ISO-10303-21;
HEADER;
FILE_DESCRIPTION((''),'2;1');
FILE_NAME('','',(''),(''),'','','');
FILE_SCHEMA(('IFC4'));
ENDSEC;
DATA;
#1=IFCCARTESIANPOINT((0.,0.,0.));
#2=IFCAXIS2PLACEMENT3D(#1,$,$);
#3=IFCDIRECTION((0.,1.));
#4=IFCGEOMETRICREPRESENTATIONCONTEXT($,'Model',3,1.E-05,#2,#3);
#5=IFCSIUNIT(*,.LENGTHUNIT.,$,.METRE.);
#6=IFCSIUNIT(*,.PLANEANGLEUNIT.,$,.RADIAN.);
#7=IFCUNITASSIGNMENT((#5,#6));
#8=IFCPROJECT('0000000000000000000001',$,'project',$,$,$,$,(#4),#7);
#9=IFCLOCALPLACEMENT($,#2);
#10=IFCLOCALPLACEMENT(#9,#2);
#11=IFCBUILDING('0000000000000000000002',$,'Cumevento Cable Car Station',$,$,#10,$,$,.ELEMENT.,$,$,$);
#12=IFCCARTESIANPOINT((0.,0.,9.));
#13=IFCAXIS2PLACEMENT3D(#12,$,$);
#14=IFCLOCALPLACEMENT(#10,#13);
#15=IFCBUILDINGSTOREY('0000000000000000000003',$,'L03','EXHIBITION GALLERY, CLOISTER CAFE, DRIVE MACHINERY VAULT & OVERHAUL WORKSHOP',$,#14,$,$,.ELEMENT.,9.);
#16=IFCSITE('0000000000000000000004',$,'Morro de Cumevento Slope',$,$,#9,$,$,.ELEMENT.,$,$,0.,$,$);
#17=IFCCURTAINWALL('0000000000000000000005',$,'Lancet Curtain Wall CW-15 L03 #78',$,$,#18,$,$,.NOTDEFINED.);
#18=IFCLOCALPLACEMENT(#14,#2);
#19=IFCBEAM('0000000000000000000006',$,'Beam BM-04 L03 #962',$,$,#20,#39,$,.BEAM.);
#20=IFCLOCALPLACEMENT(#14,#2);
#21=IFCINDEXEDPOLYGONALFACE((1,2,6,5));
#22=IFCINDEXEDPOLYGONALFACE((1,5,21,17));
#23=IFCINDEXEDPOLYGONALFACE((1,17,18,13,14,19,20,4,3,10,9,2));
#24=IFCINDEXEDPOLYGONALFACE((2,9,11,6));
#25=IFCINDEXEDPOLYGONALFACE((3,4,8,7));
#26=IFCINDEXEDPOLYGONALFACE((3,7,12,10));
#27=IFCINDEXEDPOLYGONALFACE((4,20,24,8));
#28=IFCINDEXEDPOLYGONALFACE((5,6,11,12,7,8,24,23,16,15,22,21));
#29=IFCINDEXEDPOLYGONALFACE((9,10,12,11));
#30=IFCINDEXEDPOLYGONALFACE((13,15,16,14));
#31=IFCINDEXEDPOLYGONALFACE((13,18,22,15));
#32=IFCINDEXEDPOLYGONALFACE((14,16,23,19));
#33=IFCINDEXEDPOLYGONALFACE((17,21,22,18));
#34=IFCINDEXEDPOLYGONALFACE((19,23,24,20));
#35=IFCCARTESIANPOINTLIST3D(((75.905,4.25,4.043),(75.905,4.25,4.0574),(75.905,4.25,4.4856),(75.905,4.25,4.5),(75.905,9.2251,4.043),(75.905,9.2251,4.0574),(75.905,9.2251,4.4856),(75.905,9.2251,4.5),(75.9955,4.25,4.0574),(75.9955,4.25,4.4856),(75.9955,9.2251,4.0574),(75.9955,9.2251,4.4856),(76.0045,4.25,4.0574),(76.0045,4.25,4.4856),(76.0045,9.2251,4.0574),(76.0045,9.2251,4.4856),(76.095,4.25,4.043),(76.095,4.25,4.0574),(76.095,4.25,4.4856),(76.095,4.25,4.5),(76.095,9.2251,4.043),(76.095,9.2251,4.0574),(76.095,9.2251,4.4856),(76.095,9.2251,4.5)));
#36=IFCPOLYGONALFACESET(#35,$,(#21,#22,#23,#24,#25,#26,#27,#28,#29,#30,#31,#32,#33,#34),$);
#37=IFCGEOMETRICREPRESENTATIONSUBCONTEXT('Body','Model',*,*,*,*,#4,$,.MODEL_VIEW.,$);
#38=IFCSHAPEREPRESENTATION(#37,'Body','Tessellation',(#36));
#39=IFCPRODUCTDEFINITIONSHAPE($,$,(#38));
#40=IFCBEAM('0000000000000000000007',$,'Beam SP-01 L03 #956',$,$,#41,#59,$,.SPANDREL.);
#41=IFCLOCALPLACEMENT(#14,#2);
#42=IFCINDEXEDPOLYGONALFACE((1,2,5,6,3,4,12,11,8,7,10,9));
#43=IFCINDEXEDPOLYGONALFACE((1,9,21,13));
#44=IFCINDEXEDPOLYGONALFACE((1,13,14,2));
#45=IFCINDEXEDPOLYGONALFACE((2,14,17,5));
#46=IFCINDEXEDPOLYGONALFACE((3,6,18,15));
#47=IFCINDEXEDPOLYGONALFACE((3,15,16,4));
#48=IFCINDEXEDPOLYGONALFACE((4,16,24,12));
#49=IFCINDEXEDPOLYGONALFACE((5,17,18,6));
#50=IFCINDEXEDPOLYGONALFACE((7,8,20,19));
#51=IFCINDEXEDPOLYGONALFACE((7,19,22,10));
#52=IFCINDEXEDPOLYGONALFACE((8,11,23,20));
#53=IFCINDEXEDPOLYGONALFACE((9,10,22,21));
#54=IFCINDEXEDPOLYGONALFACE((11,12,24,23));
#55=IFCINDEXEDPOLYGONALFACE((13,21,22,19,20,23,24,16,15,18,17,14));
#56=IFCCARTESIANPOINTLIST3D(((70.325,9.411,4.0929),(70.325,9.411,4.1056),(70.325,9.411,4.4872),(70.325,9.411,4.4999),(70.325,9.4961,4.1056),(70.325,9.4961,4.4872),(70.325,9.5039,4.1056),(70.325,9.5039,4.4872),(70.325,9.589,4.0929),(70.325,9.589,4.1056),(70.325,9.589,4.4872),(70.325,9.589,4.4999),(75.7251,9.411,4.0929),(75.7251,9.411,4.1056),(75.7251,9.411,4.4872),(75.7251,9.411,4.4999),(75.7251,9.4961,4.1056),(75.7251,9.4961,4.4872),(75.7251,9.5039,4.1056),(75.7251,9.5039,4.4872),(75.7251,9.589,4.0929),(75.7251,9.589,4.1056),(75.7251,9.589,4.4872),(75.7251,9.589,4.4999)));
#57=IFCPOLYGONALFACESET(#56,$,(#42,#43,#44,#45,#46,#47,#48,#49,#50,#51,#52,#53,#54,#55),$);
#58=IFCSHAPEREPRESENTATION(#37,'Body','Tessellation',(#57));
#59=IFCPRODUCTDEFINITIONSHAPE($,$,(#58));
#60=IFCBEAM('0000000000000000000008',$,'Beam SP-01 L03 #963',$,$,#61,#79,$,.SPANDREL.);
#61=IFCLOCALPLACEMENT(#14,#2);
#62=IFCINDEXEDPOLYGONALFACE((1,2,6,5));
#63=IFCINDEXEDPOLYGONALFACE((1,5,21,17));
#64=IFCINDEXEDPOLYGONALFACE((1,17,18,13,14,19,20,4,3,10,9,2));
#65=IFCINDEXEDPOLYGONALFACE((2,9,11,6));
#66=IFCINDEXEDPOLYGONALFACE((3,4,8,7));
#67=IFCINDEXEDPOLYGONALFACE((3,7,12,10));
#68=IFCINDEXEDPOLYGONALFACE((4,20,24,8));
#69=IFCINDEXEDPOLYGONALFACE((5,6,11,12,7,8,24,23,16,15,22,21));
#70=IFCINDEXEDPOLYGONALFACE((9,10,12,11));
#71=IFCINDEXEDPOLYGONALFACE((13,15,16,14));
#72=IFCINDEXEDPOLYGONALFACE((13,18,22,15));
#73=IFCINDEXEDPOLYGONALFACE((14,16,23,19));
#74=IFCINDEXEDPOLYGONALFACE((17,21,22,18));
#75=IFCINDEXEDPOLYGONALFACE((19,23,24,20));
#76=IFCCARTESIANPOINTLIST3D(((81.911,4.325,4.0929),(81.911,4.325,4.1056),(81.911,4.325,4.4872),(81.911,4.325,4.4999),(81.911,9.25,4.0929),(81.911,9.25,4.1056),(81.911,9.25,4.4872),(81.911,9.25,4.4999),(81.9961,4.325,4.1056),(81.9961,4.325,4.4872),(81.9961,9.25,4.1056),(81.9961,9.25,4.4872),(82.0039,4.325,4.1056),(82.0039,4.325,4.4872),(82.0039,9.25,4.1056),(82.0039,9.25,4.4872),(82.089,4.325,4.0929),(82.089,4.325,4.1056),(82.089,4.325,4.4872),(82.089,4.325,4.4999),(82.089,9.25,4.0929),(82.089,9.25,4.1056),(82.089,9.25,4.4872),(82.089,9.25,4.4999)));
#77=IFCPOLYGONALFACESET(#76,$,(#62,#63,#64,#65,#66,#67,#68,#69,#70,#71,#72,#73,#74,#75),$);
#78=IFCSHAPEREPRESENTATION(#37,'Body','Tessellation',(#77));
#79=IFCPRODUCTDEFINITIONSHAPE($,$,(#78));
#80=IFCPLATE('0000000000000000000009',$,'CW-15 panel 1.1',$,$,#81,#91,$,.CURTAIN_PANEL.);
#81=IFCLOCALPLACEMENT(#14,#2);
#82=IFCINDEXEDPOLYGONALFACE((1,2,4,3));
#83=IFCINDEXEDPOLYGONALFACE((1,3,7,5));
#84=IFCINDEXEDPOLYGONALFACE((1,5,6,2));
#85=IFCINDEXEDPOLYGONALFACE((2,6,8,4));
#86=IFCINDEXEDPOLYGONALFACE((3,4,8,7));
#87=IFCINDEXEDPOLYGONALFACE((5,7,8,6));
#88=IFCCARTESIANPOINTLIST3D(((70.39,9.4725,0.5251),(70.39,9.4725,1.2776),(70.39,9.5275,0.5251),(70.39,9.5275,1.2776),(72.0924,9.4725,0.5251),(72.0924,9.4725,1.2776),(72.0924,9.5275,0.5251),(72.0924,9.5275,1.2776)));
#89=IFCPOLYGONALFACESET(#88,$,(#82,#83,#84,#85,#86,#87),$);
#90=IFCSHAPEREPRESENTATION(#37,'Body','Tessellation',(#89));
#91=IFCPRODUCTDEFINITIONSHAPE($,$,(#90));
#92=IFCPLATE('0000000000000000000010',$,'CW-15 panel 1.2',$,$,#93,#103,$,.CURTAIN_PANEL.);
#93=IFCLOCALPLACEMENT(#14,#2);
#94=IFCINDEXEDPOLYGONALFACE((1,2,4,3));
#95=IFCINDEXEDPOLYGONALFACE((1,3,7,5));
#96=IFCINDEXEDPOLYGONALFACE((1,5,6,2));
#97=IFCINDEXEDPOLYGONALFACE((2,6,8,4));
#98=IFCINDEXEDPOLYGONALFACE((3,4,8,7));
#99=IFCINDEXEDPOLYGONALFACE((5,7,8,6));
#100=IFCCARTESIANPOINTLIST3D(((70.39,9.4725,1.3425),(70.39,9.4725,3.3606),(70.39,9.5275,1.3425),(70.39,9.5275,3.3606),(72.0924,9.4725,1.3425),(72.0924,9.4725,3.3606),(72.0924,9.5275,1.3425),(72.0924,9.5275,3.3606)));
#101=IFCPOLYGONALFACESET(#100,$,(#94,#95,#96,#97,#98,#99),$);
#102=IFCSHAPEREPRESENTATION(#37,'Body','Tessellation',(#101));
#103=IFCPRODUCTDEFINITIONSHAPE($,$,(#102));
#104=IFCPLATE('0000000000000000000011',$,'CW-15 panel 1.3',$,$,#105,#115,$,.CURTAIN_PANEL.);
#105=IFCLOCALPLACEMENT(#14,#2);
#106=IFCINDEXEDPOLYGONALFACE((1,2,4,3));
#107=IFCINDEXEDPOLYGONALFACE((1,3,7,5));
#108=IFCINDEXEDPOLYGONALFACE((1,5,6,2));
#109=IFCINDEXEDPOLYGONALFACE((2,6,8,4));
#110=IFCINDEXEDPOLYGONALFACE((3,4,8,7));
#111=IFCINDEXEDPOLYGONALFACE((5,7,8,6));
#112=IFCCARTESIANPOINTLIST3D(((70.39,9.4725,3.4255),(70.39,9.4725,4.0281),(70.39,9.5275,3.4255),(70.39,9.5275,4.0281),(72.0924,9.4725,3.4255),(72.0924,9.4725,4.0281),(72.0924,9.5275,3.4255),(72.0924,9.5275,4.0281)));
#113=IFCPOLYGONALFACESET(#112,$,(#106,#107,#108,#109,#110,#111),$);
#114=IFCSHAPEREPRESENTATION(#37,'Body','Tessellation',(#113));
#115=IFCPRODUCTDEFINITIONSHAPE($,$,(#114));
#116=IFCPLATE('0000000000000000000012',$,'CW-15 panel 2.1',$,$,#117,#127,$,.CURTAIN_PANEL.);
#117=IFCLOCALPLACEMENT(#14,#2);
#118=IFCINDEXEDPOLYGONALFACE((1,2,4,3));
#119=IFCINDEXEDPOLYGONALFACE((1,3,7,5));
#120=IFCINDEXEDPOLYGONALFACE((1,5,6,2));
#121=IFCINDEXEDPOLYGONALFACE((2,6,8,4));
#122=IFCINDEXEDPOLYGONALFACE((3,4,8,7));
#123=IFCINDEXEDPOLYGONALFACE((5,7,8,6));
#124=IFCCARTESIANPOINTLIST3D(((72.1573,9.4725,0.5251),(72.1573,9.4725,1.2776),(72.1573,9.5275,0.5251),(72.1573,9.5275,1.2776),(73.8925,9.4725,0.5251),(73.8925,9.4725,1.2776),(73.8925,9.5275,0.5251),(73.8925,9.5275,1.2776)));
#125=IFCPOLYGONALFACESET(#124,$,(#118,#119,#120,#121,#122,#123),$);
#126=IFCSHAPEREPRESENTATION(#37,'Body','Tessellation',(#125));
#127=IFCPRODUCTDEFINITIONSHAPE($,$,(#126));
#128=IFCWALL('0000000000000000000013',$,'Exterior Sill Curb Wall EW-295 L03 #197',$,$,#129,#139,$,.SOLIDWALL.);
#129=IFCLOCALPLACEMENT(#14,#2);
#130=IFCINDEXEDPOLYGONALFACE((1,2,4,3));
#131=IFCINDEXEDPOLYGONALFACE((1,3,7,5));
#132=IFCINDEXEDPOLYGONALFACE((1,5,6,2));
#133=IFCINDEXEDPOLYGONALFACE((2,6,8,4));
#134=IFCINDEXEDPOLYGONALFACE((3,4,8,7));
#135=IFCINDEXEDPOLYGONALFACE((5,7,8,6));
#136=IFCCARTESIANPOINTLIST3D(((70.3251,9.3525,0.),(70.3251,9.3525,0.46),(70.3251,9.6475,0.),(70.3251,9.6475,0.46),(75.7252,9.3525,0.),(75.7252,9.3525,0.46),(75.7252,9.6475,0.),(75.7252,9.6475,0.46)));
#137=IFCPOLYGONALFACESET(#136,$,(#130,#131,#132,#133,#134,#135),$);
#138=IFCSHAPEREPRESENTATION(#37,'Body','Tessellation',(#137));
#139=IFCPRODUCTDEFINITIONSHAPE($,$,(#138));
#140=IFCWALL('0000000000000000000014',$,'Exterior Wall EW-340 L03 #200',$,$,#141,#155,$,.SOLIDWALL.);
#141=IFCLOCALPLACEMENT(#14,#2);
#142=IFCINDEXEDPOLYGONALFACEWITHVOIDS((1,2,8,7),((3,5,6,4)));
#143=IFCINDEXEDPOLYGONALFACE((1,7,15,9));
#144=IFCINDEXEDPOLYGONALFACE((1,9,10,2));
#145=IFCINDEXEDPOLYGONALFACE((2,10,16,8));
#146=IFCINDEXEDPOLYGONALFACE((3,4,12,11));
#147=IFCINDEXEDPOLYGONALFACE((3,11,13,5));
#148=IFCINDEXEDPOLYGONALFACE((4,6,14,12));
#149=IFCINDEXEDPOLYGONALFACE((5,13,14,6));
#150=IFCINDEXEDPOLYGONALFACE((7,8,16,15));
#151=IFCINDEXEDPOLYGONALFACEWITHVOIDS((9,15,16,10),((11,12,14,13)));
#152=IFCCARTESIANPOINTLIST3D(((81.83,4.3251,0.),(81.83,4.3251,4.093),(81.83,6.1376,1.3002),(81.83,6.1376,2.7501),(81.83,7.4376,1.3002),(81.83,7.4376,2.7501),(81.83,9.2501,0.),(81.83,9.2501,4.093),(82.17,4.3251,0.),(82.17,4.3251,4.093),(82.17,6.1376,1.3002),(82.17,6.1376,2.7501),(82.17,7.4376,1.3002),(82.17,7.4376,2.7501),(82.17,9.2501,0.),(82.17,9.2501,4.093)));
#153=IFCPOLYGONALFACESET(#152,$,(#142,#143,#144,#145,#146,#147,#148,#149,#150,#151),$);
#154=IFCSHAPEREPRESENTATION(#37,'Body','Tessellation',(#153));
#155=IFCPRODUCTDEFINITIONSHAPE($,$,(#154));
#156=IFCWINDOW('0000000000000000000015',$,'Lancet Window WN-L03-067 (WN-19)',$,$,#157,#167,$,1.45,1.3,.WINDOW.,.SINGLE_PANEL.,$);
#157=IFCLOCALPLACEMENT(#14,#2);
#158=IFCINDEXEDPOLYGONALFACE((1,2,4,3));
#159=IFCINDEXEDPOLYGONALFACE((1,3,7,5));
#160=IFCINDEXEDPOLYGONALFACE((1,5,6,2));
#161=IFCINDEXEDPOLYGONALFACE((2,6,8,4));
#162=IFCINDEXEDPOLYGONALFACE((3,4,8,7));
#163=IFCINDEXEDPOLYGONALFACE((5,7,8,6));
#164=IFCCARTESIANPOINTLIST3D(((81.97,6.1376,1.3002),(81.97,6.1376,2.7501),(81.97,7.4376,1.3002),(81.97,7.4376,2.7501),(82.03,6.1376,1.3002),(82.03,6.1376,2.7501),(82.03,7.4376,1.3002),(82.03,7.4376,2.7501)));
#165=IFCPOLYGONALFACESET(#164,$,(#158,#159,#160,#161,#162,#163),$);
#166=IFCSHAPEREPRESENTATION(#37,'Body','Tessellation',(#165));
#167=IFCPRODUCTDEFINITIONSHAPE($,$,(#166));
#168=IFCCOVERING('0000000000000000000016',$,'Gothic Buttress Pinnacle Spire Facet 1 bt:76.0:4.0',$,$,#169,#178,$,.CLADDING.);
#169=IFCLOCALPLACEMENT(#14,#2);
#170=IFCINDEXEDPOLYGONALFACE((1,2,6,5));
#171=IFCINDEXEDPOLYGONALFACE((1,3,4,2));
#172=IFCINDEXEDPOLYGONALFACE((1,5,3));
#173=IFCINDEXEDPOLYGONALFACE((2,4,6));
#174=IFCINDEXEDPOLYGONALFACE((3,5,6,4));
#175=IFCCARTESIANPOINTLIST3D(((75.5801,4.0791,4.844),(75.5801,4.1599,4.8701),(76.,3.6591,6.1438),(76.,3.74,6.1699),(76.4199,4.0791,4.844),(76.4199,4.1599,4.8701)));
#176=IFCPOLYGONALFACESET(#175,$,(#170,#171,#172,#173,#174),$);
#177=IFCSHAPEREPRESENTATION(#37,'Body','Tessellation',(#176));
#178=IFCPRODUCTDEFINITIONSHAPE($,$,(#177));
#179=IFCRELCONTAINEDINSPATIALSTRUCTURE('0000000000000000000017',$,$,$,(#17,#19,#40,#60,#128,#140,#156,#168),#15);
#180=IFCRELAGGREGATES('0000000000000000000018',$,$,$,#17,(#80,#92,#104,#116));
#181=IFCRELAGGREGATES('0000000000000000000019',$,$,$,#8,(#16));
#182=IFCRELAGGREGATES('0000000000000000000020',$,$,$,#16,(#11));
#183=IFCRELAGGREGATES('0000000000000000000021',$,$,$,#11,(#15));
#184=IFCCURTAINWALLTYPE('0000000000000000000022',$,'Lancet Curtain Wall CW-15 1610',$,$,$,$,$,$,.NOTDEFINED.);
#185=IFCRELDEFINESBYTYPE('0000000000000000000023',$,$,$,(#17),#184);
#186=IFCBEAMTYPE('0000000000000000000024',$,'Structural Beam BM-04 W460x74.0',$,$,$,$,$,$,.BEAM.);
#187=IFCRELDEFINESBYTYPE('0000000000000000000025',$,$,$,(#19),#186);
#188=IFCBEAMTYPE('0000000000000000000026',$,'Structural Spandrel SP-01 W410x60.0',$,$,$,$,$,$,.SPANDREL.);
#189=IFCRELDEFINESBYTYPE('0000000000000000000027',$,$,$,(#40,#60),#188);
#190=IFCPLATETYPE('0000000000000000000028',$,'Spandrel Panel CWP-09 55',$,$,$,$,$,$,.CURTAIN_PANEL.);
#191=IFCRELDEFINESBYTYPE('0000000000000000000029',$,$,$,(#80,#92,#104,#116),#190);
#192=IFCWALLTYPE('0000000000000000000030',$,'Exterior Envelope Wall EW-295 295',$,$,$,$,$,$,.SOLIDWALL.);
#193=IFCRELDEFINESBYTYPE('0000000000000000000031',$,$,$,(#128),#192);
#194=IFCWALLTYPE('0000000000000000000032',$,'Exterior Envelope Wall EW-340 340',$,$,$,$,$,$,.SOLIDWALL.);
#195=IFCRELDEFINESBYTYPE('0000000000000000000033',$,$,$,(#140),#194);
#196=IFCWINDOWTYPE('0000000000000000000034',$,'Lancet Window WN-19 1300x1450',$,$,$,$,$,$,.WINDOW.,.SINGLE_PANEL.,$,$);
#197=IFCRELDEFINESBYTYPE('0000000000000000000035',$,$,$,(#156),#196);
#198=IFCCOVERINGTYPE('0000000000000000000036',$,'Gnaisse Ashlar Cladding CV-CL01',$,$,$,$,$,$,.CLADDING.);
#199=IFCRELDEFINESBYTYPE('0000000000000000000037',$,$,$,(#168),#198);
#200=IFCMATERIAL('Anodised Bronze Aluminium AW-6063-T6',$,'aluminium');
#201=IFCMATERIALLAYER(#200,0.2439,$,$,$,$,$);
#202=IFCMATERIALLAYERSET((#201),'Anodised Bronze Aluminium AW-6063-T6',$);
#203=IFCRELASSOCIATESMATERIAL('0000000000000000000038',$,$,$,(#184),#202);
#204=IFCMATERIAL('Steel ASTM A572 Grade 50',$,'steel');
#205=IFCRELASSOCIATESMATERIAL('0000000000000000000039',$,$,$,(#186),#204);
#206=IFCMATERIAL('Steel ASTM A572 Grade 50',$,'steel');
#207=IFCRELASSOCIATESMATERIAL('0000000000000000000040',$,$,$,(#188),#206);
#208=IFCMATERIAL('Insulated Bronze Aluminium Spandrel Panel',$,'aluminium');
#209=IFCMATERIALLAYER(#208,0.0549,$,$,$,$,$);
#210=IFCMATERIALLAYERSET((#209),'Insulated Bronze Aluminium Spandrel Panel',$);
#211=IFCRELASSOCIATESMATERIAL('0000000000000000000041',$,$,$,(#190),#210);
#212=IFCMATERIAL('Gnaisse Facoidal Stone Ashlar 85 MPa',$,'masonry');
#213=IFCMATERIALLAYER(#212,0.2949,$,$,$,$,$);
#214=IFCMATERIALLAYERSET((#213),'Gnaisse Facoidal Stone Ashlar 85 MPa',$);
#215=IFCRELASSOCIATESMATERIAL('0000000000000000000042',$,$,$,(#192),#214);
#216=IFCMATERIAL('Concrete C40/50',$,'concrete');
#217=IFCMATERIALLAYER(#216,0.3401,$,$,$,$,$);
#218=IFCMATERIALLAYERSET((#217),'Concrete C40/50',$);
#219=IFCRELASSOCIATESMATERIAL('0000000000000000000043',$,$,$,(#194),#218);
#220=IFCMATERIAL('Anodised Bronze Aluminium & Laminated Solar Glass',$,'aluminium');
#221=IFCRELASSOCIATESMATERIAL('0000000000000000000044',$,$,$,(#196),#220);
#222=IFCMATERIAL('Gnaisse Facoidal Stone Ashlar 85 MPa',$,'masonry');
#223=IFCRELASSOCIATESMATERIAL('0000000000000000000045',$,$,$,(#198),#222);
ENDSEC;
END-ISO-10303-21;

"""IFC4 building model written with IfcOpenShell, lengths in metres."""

from ifc_helpers import new_model, si_unit, direction, frame, frame_2d, origin, origin_2d, place, context, subcontext, project, spatial, polyline, rectangle, i_section, outline, extrude, material, layer, layer_set, material_profile, profile_set, type_object, element, fill, aggregate, save


model = new_model("IFC4")

# Units and contexts
model_context = context("Model", 3, precision=1e-05, world=origin(), true_north=direction((0.0, 1.0)))
body_context = subcontext(model_context, "Body", "Model", "MODEL_VIEW")
ifc_project = project(units=[si_unit("LENGTHUNIT", "METRE"), si_unit("PLANEANGLEUNIT", "RADIAN")], contexts=[model_context])

# Site, building, storey
site_placement = place(None, origin())
site = spatial("IfcSite", under=ifc_project, at=site_placement, Name="Morro de Cumevento Slope", CompositionType="ELEMENT", RefElevation=0.0)
building_placement = place(site_placement, origin())
building = spatial("IfcBuilding", under=site, at=building_placement, Name="Cumevento Cable Car Station", CompositionType="ELEMENT")
storey_placement = place(building_placement, frame((0.0, 0.0, 9.0)))
storey = spatial("IfcBuildingStorey", under=building, at=storey_placement, Name="L03", Description="EXHIBITION GALLERY, CLOISTER CAFE, DRIVE MACHINERY VAULT & OVERHAUL WORKSHOP", CompositionType="ELEMENT", Elevation=9.0)

# Curtain wall
ifc_material_1 = material(Name="Anodised Bronze Aluminium AW-6063-T6", Category="aluminium")
ifc_layer_1 = layer(ifc_material_1, 0.2439)
ifc_layer_set_1 = layer_set([ifc_layer_1], Name="Anodised Bronze Aluminium AW-6063-T6")
curtain_wall_type = type_object("IfcCurtainWallType", Name="Lancet Curtain Wall CW-15 1610", PredefinedType="NOTDEFINED", material=ifc_layer_set_1)
curtain_wall_placement = place(storey_placement, origin())
curtain_wall = element("IfcCurtainWall", 1, at=curtain_wall_placement, inside=storey, type_object=curtain_wall_type, Name="Lancet Curtain Wall CW-15 L03 #78", PredefinedType="NOTDEFINED")

# Beams
ifc_material_2 = material(Name="Steel ASTM A572 Grade 50", Category="steel")
ifc_material_profile_1 = material_profile(ifc_material_2, i_section(OverallWidth=0.1899, OverallDepth=0.457, WebThickness=0.009, FlangeThickness=0.0144, at=origin_2d()), Name="W460x74.0")
ifc_profile_set_1 = profile_set([ifc_material_profile_1], Name="Steel ASTM A572 Grade 50")
beam_type_1 = type_object("IfcBeamType", Name="Structural Beam BM-04 W460x74.0", PredefinedType="BEAM", material=ifc_profile_set_1)
beam_1_placement = place(storey_placement, frame((76.0, 4.25, 4.2715), z_axis=(0.0, 1.0, 0.0), x_axis=(-1.0, 0.0, 0.0)))
element("IfcBeam", 2, at=beam_1_placement, inside=storey, type_object=beam_type_1, Name="Beam BM-04 L03 #962", PredefinedType="BEAM", context=body_context, shape_type="SweptSolid", body=[
    extrude(i_section(OverallWidth=0.1899, OverallDepth=0.457, WebThickness=0.009, FlangeThickness=0.0144, at=origin_2d()), origin(), (0.0, 0.0, 1.0), 4.9751),
])
ifc_material_3 = material(Name="Steel ASTM A572 Grade 50", Category="steel")
ifc_material_profile_2 = material_profile(ifc_material_3, i_section(OverallWidth=0.178, OverallDepth=0.407, WebThickness=0.0078, FlangeThickness=0.0127, at=origin_2d()), Name="W410x60.0")
ifc_profile_set_2 = profile_set([ifc_material_profile_2], Name="Steel ASTM A572 Grade 50")
beam_type_2 = type_object("IfcBeamType", Name="Structural Spandrel SP-01 W410x60.0", PredefinedType="SPANDREL", material=ifc_profile_set_2)
beam_2_placement = place(storey_placement, frame((70.325, 9.5, 4.2964), z_axis=(1.0, 0.0, 0.0), x_axis=(0.0, 1.0, 0.0)))
element("IfcBeam", 3, at=beam_2_placement, inside=storey, type_object=beam_type_2, Name="Beam SP-01 L03 #956", PredefinedType="SPANDREL", context=body_context, shape_type="SweptSolid", body=[
    extrude(i_section(OverallWidth=0.178, OverallDepth=0.407, WebThickness=0.0078, FlangeThickness=0.0127, at=origin_2d()), origin(), (0.0, 0.0, 1.0), 5.4001),
])
beam_3_placement = place(storey_placement, frame((82.0, 4.325, 4.2964), z_axis=(0.0, 1.0, 0.0), x_axis=(-1.0, 0.0, 0.0)))
element("IfcBeam", 4, at=beam_3_placement, inside=storey, type_object=beam_type_2, Name="Beam SP-01 L03 #963", PredefinedType="SPANDREL", context=body_context, shape_type="SweptSolid", body=[
    extrude(i_section(OverallWidth=0.178, OverallDepth=0.407, WebThickness=0.0078, FlangeThickness=0.0127, at=origin_2d()), origin(), (0.0, 0.0, 1.0), 4.925),
])

# Plates
ifc_material_4 = material(Name="Insulated Bronze Aluminium Spandrel Panel", Category="aluminium")
ifc_layer_2 = layer(ifc_material_4, 0.0549)
ifc_layer_set_2 = layer_set([ifc_layer_2], Name="Insulated Bronze Aluminium Spandrel Panel")
plate_type = type_object("IfcPlateType", Name="Spandrel Panel CWP-09 55", PredefinedType="CURTAIN_PANEL", material=ifc_layer_set_2)
plate_1_placement = place(storey_placement, frame((71.2412, 9.5, 0.5251), z_axis=(0.0, 0.0, 1.0), x_axis=(1.0, 0.0, 0.0)))
plate_1 = element("IfcPlate", 5, at=plate_1_placement, type_object=plate_type, Name="CW-15 panel 1.1", PredefinedType="CURTAIN_PANEL", context=body_context, shape_type="SweptSolid", body=[
    extrude(rectangle(XDim=1.7024, YDim=0.0549, at=origin_2d()), origin(), (0.0, 0.0, 1.0), 0.7524),
])
plate_2_placement = place(storey_placement, frame((71.2412, 9.5, 1.3425), z_axis=(0.0, 0.0, 1.0), x_axis=(1.0, 0.0, 0.0)))
plate_2 = element("IfcPlate", 6, at=plate_2_placement, type_object=plate_type, Name="CW-15 panel 1.2", PredefinedType="CURTAIN_PANEL", context=body_context, shape_type="SweptSolid", body=[
    extrude(rectangle(XDim=1.7024, YDim=0.0549, at=origin_2d()), origin(), (0.0, 0.0, 1.0), 2.0181),
])
plate_3_placement = place(storey_placement, frame((71.2412, 9.5, 3.4255), z_axis=(0.0, 0.0, 1.0), x_axis=(1.0, 0.0, 0.0)))
plate_3 = element("IfcPlate", 7, at=plate_3_placement, type_object=plate_type, Name="CW-15 panel 1.3", PredefinedType="CURTAIN_PANEL", context=body_context, shape_type="SweptSolid", body=[
    extrude(rectangle(XDim=1.7024, YDim=0.0549, at=origin_2d()), origin(), (0.0, 0.0, 1.0), 0.6025),
])
plate_4_placement = place(storey_placement, frame((73.0249, 9.5, 0.5251), z_axis=(0.0, 0.0, 1.0), x_axis=(1.0, 0.0, 0.0)))
plate_4 = element("IfcPlate", 8, at=plate_4_placement, type_object=plate_type, Name="CW-15 panel 2.1", PredefinedType="CURTAIN_PANEL", context=body_context, shape_type="SweptSolid", body=[
    extrude(rectangle(XDim=1.7351, YDim=0.0549, at=origin_2d()), origin(), (0.0, 0.0, 1.0), 0.7524),
])
aggregate(curtain_wall, [plate_1, plate_2, plate_3, plate_4])

# Wall
ifc_material_5 = material(Name="Gnaisse Facoidal Stone Ashlar 85 MPa", Category="masonry")
ifc_layer_3 = layer(ifc_material_5, 0.2949)
ifc_layer_set_3 = layer_set([ifc_layer_3], Name="Gnaisse Facoidal Stone Ashlar 85 MPa")
wall_type_1 = type_object("IfcWallType", Name="Exterior Envelope Wall EW-295 295", PredefinedType="SOLIDWALL", material=ifc_layer_set_3)
wall_1_placement = place(storey_placement, frame((70.325, 9.5, 0.0), z_axis=(0.0, 0.0, 1.0), x_axis=(1.0, 0.0, 0.0)))
element("IfcWall", 9, at=wall_1_placement, inside=storey, type_object=wall_type_1, Name="Exterior Sill Curb Wall EW-295 L03 #197", PredefinedType="SOLIDWALL", context=body_context, shape_type="SweptSolid", body=[
    extrude(rectangle(XDim=5.4001, YDim=0.2949, at=frame_2d((2.7002, 0.0))), origin(), (0.0, 0.0, 1.0), 0.46),
])

# Wall, opening, window
ifc_material_6 = material(Name="Concrete C40/50", Category="concrete")
ifc_layer_4 = layer(ifc_material_6, 0.3401)
ifc_layer_set_4 = layer_set([ifc_layer_4], Name="Concrete C40/50")
wall_type_2 = type_object("IfcWallType", Name="Exterior Envelope Wall EW-340 340", PredefinedType="SOLIDWALL", material=ifc_layer_set_4)
wall_2_placement = place(storey_placement, frame((82.0, 9.25, 0.0), z_axis=(0.0, 0.0, 1.0), x_axis=(0.0, -1.0, 0.0)))
wall_2 = element("IfcWall", 10, at=wall_2_placement, inside=storey, type_object=wall_type_2, Name="Exterior Wall EW-340 L03 #200", PredefinedType="SOLIDWALL", context=body_context, shape_type="SweptSolid", body=[
    extrude(rectangle(XDim=4.925, YDim=0.3401, at=frame_2d((2.4624, 0.0))), origin(), (0.0, 0.0, 1.0), 4.093),
])
opening_placement = place(wall_2_placement, frame((1.8125, 0.0, 1.3)))
opening = element("IfcOpeningElement", 11, at=opening_placement, cuts=wall_2, PredefinedType="OPENING", context=body_context, shape_type="SweptSolid", body=[
    extrude(rectangle(XDim=1.3, YDim=1.45, at=frame_2d((0.6499, 0.7251))), frame((0.0, 0.1799, 0.0), z_axis=(0.0, -1.0, 0.0), x_axis=(1.0, 0.0, 0.0)), (0.0, 0.0, 1.0), 0.3601),
])
ifc_material_7 = material(Name="Anodised Bronze Aluminium & Laminated Solar Glass", Category="aluminium")
window_type = type_object("IfcWindowType", Name="Lancet Window WN-19 1300x1450", PartitioningType="SINGLE_PANEL", PredefinedType="WINDOW", material=ifc_material_7)
window_placement = place(opening_placement, origin())
window = element("IfcWindow", 12, at=window_placement, inside=storey, type_object=window_type, Name="Lancet Window WN-L03-067 (WN-19)", OverallHeight=1.45, OverallWidth=1.3, PartitioningType="SINGLE_PANEL", PredefinedType="WINDOW", context=body_context, shape_type="SweptSolid", body=[
    extrude(rectangle(XDim=1.3, YDim=1.45, at=frame_2d((0.6499, 0.7251))), frame((0.0, 0.03, 0.0), z_axis=(0.0, -1.0, 0.0), x_axis=(1.0, 0.0, 0.0)), (0.0, 0.0, 1.0), 0.0601),
])
fill(opening, window)

# Covering
ifc_material_8 = material(Name="Gnaisse Facoidal Stone Ashlar 85 MPa", Category="masonry")
covering_type = type_object("IfcCoveringType", Name="Gnaisse Ashlar Cladding CV-CL01", PredefinedType="CLADDING", material=ifc_material_8)
for number, where, z_axis, x_axis, name in (
    (13, (75.5801, 4.1599, 4.8701), (0.0, 0.951574, 0.307421), (1.0, 0.0, 0.0), "Gothic Buttress Pinnacle Spire Facet 1 bt:76.0:4.0"),
):
    element("IfcCovering", number, at=place(storey_placement, frame(where, z_axis=z_axis, x_axis=x_axis)), inside=storey, type_object=covering_type, Name=name, PredefinedType="CLADDING", context=body_context, shape_type="SweptSolid", body=[
        extrude(outline(polyline([(0.0, 0.0), (0.8398, 0.0), (0.4199, -1.366), (0.0, 0.0)])), origin(), (0.0, 0.0, -1.0), 0.085),
    ])

save(model, "model.ifc")
